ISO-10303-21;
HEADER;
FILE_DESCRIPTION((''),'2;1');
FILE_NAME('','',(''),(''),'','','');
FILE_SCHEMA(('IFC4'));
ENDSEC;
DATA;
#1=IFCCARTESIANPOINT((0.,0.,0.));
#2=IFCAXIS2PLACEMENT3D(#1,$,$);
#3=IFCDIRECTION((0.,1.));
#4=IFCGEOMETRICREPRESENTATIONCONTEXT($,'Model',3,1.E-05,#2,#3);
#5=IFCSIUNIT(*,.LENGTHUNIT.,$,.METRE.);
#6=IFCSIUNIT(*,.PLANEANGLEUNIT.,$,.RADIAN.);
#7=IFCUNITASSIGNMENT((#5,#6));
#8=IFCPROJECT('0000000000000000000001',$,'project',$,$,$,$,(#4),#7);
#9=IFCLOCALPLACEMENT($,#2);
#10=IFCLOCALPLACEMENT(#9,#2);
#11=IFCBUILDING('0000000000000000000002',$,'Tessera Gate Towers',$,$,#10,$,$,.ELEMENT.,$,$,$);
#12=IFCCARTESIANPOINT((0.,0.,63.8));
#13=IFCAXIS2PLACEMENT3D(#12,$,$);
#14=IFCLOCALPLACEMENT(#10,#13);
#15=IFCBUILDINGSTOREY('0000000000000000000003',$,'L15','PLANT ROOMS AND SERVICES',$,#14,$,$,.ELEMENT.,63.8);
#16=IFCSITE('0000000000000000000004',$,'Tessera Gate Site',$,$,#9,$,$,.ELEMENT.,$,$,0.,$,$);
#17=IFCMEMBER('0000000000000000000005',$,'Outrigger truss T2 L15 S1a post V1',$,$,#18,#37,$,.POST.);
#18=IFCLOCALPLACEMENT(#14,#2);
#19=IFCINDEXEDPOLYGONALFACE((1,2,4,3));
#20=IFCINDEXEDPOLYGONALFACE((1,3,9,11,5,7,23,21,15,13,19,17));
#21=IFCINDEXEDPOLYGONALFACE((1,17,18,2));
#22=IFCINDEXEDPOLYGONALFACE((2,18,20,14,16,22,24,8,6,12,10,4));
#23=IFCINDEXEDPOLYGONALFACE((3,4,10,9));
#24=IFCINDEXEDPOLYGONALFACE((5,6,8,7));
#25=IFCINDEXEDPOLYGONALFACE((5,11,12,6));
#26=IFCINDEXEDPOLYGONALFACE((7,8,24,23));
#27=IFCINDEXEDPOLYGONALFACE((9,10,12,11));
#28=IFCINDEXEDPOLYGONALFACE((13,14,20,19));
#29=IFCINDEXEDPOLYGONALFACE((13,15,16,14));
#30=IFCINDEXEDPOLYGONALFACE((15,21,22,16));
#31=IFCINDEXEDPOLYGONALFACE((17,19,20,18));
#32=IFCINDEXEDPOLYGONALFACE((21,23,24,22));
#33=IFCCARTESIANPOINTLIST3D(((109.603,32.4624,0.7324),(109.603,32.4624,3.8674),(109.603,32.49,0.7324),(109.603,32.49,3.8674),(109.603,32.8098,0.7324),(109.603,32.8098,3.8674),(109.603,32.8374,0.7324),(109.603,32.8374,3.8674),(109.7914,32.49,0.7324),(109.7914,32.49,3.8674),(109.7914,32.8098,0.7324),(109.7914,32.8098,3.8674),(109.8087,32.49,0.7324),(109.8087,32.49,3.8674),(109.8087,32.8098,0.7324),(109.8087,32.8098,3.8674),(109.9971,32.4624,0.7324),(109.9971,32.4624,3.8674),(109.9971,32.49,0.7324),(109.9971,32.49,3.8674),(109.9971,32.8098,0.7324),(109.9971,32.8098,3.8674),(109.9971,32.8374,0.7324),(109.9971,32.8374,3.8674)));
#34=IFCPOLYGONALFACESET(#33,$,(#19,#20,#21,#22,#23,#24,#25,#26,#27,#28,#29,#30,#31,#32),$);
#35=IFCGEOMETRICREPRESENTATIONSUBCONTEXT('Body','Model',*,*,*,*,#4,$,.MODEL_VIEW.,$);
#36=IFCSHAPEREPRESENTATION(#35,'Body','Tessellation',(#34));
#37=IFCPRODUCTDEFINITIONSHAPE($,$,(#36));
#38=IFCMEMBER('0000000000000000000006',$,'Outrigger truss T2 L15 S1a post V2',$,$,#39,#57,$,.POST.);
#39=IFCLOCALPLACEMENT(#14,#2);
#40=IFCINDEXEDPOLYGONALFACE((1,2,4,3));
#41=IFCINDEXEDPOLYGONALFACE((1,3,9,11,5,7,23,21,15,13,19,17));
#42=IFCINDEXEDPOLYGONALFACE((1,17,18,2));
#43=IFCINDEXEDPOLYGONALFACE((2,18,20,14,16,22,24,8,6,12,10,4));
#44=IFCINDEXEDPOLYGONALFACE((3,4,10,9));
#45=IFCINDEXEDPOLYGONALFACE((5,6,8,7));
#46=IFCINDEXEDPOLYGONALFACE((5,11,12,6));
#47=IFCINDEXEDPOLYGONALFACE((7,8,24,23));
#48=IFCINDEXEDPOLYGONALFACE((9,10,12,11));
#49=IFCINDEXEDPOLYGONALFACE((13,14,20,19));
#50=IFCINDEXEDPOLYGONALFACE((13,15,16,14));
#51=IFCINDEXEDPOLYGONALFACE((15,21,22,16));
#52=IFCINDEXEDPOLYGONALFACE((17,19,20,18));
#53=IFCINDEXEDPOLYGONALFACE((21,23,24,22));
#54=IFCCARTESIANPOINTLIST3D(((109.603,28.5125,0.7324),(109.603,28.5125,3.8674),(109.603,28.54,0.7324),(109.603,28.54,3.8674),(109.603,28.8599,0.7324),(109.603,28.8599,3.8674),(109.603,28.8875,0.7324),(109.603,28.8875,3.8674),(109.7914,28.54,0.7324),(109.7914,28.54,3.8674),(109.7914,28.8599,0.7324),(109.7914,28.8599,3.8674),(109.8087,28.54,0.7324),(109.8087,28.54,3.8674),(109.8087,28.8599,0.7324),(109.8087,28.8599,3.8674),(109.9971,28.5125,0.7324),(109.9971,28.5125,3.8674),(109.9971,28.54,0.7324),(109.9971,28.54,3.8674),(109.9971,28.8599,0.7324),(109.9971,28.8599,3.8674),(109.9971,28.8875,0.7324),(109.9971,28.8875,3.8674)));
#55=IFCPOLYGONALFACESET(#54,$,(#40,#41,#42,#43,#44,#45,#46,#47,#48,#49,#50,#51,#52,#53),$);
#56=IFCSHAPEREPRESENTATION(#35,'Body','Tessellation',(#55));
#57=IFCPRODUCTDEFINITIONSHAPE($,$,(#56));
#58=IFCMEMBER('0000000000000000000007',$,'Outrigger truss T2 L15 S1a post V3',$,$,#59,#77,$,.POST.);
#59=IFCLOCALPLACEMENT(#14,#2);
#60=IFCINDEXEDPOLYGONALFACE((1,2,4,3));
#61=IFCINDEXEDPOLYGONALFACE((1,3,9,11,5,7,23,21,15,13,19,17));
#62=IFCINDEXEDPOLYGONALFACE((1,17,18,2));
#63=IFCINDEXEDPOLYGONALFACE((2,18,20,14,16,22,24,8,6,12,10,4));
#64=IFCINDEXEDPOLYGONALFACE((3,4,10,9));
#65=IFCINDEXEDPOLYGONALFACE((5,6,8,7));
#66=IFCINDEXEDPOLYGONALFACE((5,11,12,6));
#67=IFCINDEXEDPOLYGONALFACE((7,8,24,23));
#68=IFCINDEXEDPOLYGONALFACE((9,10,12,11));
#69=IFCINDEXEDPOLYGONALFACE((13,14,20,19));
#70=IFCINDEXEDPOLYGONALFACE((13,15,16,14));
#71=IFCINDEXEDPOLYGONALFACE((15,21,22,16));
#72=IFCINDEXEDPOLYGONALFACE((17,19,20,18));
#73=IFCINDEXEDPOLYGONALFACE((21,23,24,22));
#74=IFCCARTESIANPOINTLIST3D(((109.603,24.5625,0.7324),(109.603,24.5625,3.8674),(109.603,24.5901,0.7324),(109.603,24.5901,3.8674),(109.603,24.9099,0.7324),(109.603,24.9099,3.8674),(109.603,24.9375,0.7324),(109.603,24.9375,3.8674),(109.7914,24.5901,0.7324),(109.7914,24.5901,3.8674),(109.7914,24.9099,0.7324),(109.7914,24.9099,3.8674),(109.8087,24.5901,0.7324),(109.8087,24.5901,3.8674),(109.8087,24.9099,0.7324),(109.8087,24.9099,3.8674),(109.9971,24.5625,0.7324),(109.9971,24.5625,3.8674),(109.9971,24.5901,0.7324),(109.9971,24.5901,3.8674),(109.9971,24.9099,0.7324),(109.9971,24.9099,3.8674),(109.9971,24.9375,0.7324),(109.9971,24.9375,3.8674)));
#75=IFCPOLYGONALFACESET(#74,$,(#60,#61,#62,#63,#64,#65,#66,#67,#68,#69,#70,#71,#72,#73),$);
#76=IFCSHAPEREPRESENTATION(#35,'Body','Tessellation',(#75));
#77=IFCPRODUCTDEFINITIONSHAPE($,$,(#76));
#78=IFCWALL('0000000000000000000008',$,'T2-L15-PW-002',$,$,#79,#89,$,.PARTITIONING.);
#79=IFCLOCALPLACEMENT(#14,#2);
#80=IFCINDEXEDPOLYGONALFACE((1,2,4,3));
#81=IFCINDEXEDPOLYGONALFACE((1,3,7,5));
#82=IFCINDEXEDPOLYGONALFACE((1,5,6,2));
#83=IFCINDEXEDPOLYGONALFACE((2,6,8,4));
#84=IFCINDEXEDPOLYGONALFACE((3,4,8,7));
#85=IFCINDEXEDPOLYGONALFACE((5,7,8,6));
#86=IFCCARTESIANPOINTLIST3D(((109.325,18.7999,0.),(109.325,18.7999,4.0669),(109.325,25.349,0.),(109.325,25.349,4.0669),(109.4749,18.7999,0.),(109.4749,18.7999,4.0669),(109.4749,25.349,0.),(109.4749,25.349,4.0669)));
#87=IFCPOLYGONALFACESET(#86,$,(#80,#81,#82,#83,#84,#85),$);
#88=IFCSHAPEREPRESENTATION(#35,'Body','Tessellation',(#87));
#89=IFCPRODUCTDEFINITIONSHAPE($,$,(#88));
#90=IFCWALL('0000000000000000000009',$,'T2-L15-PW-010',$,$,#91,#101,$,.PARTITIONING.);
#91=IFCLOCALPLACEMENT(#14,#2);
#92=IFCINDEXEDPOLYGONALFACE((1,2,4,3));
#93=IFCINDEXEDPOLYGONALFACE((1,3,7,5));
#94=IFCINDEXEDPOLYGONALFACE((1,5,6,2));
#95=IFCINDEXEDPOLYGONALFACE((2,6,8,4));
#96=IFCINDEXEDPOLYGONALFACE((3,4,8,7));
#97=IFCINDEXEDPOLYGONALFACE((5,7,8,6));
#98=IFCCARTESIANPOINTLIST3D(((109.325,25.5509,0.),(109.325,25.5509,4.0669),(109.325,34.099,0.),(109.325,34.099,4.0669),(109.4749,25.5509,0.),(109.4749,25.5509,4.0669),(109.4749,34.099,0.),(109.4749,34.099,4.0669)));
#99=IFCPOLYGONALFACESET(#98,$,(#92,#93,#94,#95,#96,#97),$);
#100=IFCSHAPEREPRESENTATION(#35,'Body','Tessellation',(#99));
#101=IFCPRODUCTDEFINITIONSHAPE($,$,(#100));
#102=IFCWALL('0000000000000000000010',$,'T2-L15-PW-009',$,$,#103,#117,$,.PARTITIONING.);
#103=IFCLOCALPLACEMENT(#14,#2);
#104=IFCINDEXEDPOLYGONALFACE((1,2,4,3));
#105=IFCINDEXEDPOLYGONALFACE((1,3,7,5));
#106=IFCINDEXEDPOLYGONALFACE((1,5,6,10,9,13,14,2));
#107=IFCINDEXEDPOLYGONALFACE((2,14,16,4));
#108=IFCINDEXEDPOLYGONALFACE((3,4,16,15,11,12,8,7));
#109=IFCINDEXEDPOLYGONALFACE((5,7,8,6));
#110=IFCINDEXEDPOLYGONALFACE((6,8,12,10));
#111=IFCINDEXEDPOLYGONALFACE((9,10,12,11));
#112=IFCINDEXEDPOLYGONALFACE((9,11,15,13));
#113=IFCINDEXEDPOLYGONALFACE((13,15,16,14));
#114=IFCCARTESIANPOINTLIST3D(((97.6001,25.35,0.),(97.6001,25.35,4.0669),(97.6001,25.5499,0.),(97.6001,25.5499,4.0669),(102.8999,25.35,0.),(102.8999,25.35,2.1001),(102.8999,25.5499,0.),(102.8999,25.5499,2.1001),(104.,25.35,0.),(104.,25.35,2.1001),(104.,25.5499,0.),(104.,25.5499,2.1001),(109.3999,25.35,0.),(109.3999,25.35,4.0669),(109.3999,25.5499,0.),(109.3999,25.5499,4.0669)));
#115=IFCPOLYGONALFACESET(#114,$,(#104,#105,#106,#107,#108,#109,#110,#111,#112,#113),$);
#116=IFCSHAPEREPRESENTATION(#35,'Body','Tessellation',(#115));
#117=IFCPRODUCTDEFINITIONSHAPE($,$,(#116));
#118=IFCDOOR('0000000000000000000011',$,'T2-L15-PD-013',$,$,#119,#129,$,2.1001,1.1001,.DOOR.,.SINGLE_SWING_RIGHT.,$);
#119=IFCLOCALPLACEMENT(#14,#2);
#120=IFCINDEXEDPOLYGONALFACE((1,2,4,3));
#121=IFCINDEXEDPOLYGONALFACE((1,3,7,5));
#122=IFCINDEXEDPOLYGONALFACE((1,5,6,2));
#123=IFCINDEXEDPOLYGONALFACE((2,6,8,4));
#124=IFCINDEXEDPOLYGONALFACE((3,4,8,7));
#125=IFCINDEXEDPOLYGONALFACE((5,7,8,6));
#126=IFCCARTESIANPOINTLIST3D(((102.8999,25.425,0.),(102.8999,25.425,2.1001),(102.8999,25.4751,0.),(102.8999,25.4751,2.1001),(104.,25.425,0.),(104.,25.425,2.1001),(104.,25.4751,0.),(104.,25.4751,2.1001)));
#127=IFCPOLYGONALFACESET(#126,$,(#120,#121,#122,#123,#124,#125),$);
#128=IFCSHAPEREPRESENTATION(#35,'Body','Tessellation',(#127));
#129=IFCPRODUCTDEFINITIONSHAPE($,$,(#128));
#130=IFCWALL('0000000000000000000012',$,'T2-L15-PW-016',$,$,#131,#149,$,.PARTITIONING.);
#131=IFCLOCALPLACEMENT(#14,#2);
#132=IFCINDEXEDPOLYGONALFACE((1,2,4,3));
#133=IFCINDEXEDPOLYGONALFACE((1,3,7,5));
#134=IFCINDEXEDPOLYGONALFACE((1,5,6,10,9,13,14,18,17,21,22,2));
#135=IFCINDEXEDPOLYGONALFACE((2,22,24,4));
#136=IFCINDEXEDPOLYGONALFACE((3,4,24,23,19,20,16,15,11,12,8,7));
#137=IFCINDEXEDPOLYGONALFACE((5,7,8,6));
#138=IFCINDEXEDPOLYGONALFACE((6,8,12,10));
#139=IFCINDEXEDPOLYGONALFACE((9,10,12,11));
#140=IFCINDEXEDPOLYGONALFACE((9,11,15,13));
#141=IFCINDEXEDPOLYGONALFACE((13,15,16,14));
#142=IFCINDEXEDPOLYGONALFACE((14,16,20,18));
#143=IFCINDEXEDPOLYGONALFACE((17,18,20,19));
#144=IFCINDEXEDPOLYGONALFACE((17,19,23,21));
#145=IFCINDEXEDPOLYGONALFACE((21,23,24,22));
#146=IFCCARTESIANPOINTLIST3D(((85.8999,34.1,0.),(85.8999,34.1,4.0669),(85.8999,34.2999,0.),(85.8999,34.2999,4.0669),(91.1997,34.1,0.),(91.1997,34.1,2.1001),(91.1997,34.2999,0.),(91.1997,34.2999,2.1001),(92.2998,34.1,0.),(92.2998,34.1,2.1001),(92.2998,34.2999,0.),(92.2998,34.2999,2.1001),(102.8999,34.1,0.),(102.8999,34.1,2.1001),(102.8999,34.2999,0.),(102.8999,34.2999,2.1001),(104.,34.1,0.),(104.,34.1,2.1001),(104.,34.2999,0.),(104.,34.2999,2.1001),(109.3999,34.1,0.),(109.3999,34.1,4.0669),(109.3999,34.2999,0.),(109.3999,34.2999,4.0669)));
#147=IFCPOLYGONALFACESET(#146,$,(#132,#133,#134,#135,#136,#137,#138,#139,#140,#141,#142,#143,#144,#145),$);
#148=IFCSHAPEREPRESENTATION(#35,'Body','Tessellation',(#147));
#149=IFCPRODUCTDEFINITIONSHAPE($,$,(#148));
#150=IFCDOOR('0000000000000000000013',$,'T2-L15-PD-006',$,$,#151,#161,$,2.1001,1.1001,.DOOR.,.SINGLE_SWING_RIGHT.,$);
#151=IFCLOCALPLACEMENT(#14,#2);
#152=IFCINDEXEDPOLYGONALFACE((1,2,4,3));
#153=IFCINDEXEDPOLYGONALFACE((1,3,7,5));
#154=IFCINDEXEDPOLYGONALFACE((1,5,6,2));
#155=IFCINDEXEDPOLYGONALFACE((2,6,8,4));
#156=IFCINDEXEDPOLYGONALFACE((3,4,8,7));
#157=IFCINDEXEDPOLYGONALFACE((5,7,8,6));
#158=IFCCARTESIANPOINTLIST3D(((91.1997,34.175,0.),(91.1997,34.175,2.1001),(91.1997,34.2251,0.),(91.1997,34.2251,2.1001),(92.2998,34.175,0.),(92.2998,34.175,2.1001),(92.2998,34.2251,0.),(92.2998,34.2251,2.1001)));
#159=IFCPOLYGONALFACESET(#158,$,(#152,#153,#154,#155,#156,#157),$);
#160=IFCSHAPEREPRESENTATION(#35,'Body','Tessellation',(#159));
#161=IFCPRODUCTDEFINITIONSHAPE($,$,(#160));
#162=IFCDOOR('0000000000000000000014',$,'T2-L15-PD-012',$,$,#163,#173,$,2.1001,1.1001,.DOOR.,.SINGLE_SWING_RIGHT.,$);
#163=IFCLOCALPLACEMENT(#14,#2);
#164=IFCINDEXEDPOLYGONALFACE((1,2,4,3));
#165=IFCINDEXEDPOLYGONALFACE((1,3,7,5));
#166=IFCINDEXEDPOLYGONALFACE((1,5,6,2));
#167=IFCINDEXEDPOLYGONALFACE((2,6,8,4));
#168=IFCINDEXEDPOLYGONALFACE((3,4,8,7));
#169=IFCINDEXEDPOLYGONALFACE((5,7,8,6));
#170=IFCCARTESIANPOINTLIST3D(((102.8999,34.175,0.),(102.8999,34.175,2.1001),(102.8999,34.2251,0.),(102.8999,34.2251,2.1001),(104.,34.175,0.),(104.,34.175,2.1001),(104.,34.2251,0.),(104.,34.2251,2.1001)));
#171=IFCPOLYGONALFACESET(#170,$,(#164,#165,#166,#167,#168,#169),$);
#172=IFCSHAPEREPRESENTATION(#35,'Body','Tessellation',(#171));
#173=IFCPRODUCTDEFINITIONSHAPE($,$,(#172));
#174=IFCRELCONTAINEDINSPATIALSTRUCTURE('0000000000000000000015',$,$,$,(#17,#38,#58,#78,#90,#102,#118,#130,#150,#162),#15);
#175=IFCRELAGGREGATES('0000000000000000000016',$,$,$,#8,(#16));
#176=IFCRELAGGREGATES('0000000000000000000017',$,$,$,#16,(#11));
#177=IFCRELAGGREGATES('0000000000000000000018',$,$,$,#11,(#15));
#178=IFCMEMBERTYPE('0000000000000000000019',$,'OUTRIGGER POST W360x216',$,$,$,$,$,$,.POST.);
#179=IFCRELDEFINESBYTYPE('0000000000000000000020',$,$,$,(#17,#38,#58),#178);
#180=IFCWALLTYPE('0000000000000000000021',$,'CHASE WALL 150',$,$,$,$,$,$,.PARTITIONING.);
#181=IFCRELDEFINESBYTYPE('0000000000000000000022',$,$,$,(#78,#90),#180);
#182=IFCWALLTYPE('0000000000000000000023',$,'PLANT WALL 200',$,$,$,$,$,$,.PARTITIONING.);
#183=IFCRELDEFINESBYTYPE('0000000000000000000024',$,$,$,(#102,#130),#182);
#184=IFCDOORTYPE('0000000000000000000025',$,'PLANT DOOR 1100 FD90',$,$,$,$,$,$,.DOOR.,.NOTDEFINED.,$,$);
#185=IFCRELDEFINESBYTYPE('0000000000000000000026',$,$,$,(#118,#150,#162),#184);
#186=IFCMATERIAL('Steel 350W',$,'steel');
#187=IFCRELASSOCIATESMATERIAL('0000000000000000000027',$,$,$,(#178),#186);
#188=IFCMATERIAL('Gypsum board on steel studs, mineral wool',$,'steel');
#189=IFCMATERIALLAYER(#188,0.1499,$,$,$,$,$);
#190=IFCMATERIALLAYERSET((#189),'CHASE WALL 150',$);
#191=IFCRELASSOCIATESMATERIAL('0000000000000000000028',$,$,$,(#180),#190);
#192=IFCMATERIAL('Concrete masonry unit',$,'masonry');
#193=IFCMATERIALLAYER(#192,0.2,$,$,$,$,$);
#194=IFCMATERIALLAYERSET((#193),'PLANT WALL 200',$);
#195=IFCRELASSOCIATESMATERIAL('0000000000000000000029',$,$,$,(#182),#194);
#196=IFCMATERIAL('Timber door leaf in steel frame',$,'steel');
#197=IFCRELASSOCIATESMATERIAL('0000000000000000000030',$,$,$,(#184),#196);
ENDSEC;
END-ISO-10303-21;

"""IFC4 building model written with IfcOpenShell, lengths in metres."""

from ifc_helpers import new_model, si_unit, direction, frame, frame_2d, origin, origin_2d, place, context, subcontext, project, spatial, rectangle, i_section, extrude, source, transform, mapped, material, layer, layer_set, material_profile, profile_set, type_object, element, fill, save


model = new_model("IFC4")

# Units and contexts
model_context = context("Model", 3, precision=1e-05, world=origin(), true_north=direction((0.0, 1.0)))
body_context = subcontext(model_context, "Body", "Model", "MODEL_VIEW")
ifc_project = project(units=[si_unit("LENGTHUNIT", "METRE"), si_unit("PLANEANGLEUNIT", "RADIAN")], contexts=[model_context])

# Site, building, storey
site_placement = place(None, origin())
site = spatial("IfcSite", under=ifc_project, at=site_placement, Name="Tessera Gate Site", CompositionType="ELEMENT", RefElevation=0.0)
building_placement = place(site_placement, origin())
building = spatial("IfcBuilding", under=site, at=building_placement, Name="Tessera Gate Towers", CompositionType="ELEMENT")
storey_placement = place(building_placement, frame((0.0, 0.0, 63.8)))
storey = spatial("IfcBuildingStorey", under=building, at=storey_placement, Name="L15", Description="PLANT ROOMS AND SERVICES", CompositionType="ELEMENT", Elevation=63.8)

# Members
ifc_material_1 = material(Name="Steel 350W", Category="steel")
ifc_material_profile_1 = material_profile(ifc_material_1, i_section(OverallWidth=0.394, OverallDepth=0.375, WebThickness=0.0173, FlangeThickness=0.0276, at=origin_2d()), Name="W360x216")
ifc_profile_set_1 = profile_set([ifc_material_profile_1], Name="Steel 350W")
member_type_1 = type_object("IfcMemberType", Name="OUTRIGGER POST W360x216", PredefinedType="POST", material=ifc_profile_set_1)
for number, where, z_axis, x_axis, name in (
    (1, (109.8, 32.6499, 0.7324), (0.0, 0.0, 1.0), (1.0, 0.0, 0.0), "Outrigger truss T2 L15 S1a post V1"),
    (2, (109.8, 28.7, 0.7324), (0.0, 0.0, 1.0), (1.0, 0.0, 0.0), "Outrigger truss T2 L15 S1a post V2"),
    (3, (109.8, 24.75, 0.7324), (0.0, 0.0, 1.0), (1.0, 0.0, 0.0), "Outrigger truss T2 L15 S1a post V3"),
):
    element("IfcMember", number, at=place(storey_placement, frame(where, z_axis=z_axis, x_axis=x_axis)), inside=storey, type_object=member_type_1, Name=name, PredefinedType="POST", context=body_context, shape_type="SweptSolid", body=[
        extrude(i_section(OverallWidth=0.394, OverallDepth=0.375, WebThickness=0.0173, FlangeThickness=0.0276, at=origin_2d()), origin(), (0.0, 0.0, 1.0), 3.135),
    ])

# Walls
ifc_material_2 = material(Name="Gypsum board on steel studs, mineral wool", Category="steel")
ifc_layer_1 = layer(ifc_material_2, 0.1499)
ifc_layer_set_1 = layer_set([ifc_layer_1], Name="CHASE WALL 150")
wall_type_1 = type_object("IfcWallType", Name="CHASE WALL 150", PredefinedType="PARTITIONING", material=ifc_layer_set_1)
wall_1_placement = place(storey_placement, frame((109.3999, 18.8, 0.0), z_axis=(0.0, 0.0, 1.0), x_axis=(0.0, 1.0, 0.0)))
element("IfcWall", 4, at=wall_1_placement, inside=storey, type_object=wall_type_1, Name="T2-L15-PW-002", PredefinedType="PARTITIONING", context=body_context, shape_type="SweptSolid", body=[
    extrude(rectangle(XDim=6.5491, YDim=0.1499, at=frame_2d((3.2744, 0.0))), origin(), (0.0, 0.0, 1.0), 4.0669),
])
wall_2_placement = place(storey_placement, frame((109.3999, 25.551, 0.0), z_axis=(0.0, 0.0, 1.0), x_axis=(0.0, 1.0, 0.0)))
element("IfcWall", 5, at=wall_2_placement, inside=storey, type_object=wall_type_1, Name="T2-L15-PW-010", PredefinedType="PARTITIONING", context=body_context, shape_type="SweptSolid", body=[
    extrude(rectangle(XDim=8.5481, YDim=0.1499, at=frame_2d((4.2739, 0.0))), origin(), (0.0, 0.0, 1.0), 4.0669),
])

# Wall, opening, door
ifc_material_3 = material(Name="Concrete masonry unit", Category="masonry")
ifc_layer_2 = layer(ifc_material_3, 0.2)
ifc_layer_set_2 = layer_set([ifc_layer_2], Name="PLANT WALL 200")
wall_type_2 = type_object("IfcWallType", Name="PLANT WALL 200", PredefinedType="PARTITIONING", material=ifc_layer_set_2)
wall_3_placement = place(storey_placement, frame((109.3999, 25.45, 0.0), z_axis=(0.0, 0.0, 1.0), x_axis=(-1.0, 0.0, 0.0)))
wall_3 = element("IfcWall", 6, at=wall_3_placement, inside=storey, type_object=wall_type_2, Name="T2-L15-PW-009", PredefinedType="PARTITIONING", context=body_context, shape_type="SweptSolid", body=[
    extrude(rectangle(XDim=11.7998, YDim=0.2, at=frame_2d((5.8999, 0.0))), origin(), (0.0, 0.0, 1.0), 4.0669),
])
shared_shape_1 = source(origin(), body_context, "Body", "SweptSolid", [
    extrude(rectangle(XDim=1.1001, YDim=2.1001, at=frame_2d((0.55, 1.05))), frame((0.0, 0.1099, 0.0), z_axis=(0.0, -1.0, 0.0), x_axis=(1.0, 0.0, 0.0)), (0.0, 0.0, 1.0), 0.22),
])
opening_1_placement = place(wall_3_placement, frame((5.3999, 0.0, 0.0)))
opening_1 = element("IfcOpeningElement", 7, at=opening_1_placement, cuts=wall_3, PredefinedType="OPENING", context=body_context, shape_type="MappedRepresentation", body=[
    mapped(shared_shape_1, transform((0.0, 0.0, 0.0), scale=1.0)),
])
ifc_material_4 = material(Name="Timber door leaf in steel frame", Category="steel")
door_type_1 = type_object("IfcDoorType", Name="PLANT DOOR 1100 FD90", OperationType="NOTDEFINED", PredefinedType="DOOR", material=ifc_material_4)
shared_shape_2 = source(origin(), body_context, "Body", "SweptSolid", [
    extrude(rectangle(XDim=1.1001, YDim=2.1001, at=frame_2d((0.55, 1.05))), frame((0.0, 0.0249, 0.0), z_axis=(0.0, -1.0, 0.0), x_axis=(1.0, 0.0, 0.0)), (0.0, 0.0, 1.0), 0.05),
])
door_1_placement = place(opening_1_placement, origin())
door_1 = element("IfcDoor", 8, at=door_1_placement, inside=storey, type_object=door_type_1, Name="T2-L15-PD-013", OperationType="SINGLE_SWING_RIGHT", OverallHeight=2.1001, OverallWidth=1.1001, PredefinedType="DOOR", context=body_context, shape_type="MappedRepresentation", body=[
    mapped(shared_shape_2, transform((0.0, 0.0, 0.0), scale=1.0)),
])
fill(opening_1, door_1)

# Wall, openings, doors
wall_4_placement = place(storey_placement, frame((109.3999, 34.2, 0.0), z_axis=(0.0, 0.0, 1.0), x_axis=(-1.0, 0.0, 0.0)))
wall_4 = element("IfcWall", 9, at=wall_4_placement, inside=storey, type_object=wall_type_2, Name="T2-L15-PW-016", PredefinedType="PARTITIONING", context=body_context, shape_type="SweptSolid", body=[
    extrude(rectangle(XDim=23.5, YDim=0.2, at=frame_2d((11.75, 0.0))), origin(), (0.0, 0.0, 1.0), 4.0669),
])
opening_2_placement = place(wall_4_placement, frame((17.1001, 0.0, 0.0)))
opening_2 = element("IfcOpeningElement", 10, at=opening_2_placement, cuts=wall_4, PredefinedType="OPENING", context=body_context, shape_type="MappedRepresentation", body=[
    mapped(shared_shape_1, transform((0.0, 0.0, 0.0), scale=1.0)),
])
opening_3_placement = place(wall_4_placement, frame((5.3999, 0.0, 0.0)))
opening_3 = element("IfcOpeningElement", 11, at=opening_3_placement, cuts=wall_4, PredefinedType="OPENING", context=body_context, shape_type="MappedRepresentation", body=[
    mapped(shared_shape_1, transform((0.0, 0.0, 0.0), scale=1.0)),
])
door_2_placement = place(opening_2_placement, origin())
door_2 = element("IfcDoor", 12, at=door_2_placement, inside=storey, type_object=door_type_1, Name="T2-L15-PD-006", OperationType="SINGLE_SWING_RIGHT", OverallHeight=2.1001, OverallWidth=1.1001, PredefinedType="DOOR", context=body_context, shape_type="MappedRepresentation", body=[
    mapped(shared_shape_2, transform((0.0, 0.0, 0.0), scale=1.0)),
])
fill(opening_2, door_2)
door_3_placement = place(opening_3_placement, origin())
door_3 = element("IfcDoor", 13, at=door_3_placement, inside=storey, type_object=door_type_1, Name="T2-L15-PD-012", OperationType="SINGLE_SWING_RIGHT", OverallHeight=2.1001, OverallWidth=1.1001, PredefinedType="DOOR", context=body_context, shape_type="MappedRepresentation", body=[
    mapped(shared_shape_2, transform((0.0, 0.0, 0.0), scale=1.0)),
])
fill(opening_3, door_3)

save(model, "model.ifc")
